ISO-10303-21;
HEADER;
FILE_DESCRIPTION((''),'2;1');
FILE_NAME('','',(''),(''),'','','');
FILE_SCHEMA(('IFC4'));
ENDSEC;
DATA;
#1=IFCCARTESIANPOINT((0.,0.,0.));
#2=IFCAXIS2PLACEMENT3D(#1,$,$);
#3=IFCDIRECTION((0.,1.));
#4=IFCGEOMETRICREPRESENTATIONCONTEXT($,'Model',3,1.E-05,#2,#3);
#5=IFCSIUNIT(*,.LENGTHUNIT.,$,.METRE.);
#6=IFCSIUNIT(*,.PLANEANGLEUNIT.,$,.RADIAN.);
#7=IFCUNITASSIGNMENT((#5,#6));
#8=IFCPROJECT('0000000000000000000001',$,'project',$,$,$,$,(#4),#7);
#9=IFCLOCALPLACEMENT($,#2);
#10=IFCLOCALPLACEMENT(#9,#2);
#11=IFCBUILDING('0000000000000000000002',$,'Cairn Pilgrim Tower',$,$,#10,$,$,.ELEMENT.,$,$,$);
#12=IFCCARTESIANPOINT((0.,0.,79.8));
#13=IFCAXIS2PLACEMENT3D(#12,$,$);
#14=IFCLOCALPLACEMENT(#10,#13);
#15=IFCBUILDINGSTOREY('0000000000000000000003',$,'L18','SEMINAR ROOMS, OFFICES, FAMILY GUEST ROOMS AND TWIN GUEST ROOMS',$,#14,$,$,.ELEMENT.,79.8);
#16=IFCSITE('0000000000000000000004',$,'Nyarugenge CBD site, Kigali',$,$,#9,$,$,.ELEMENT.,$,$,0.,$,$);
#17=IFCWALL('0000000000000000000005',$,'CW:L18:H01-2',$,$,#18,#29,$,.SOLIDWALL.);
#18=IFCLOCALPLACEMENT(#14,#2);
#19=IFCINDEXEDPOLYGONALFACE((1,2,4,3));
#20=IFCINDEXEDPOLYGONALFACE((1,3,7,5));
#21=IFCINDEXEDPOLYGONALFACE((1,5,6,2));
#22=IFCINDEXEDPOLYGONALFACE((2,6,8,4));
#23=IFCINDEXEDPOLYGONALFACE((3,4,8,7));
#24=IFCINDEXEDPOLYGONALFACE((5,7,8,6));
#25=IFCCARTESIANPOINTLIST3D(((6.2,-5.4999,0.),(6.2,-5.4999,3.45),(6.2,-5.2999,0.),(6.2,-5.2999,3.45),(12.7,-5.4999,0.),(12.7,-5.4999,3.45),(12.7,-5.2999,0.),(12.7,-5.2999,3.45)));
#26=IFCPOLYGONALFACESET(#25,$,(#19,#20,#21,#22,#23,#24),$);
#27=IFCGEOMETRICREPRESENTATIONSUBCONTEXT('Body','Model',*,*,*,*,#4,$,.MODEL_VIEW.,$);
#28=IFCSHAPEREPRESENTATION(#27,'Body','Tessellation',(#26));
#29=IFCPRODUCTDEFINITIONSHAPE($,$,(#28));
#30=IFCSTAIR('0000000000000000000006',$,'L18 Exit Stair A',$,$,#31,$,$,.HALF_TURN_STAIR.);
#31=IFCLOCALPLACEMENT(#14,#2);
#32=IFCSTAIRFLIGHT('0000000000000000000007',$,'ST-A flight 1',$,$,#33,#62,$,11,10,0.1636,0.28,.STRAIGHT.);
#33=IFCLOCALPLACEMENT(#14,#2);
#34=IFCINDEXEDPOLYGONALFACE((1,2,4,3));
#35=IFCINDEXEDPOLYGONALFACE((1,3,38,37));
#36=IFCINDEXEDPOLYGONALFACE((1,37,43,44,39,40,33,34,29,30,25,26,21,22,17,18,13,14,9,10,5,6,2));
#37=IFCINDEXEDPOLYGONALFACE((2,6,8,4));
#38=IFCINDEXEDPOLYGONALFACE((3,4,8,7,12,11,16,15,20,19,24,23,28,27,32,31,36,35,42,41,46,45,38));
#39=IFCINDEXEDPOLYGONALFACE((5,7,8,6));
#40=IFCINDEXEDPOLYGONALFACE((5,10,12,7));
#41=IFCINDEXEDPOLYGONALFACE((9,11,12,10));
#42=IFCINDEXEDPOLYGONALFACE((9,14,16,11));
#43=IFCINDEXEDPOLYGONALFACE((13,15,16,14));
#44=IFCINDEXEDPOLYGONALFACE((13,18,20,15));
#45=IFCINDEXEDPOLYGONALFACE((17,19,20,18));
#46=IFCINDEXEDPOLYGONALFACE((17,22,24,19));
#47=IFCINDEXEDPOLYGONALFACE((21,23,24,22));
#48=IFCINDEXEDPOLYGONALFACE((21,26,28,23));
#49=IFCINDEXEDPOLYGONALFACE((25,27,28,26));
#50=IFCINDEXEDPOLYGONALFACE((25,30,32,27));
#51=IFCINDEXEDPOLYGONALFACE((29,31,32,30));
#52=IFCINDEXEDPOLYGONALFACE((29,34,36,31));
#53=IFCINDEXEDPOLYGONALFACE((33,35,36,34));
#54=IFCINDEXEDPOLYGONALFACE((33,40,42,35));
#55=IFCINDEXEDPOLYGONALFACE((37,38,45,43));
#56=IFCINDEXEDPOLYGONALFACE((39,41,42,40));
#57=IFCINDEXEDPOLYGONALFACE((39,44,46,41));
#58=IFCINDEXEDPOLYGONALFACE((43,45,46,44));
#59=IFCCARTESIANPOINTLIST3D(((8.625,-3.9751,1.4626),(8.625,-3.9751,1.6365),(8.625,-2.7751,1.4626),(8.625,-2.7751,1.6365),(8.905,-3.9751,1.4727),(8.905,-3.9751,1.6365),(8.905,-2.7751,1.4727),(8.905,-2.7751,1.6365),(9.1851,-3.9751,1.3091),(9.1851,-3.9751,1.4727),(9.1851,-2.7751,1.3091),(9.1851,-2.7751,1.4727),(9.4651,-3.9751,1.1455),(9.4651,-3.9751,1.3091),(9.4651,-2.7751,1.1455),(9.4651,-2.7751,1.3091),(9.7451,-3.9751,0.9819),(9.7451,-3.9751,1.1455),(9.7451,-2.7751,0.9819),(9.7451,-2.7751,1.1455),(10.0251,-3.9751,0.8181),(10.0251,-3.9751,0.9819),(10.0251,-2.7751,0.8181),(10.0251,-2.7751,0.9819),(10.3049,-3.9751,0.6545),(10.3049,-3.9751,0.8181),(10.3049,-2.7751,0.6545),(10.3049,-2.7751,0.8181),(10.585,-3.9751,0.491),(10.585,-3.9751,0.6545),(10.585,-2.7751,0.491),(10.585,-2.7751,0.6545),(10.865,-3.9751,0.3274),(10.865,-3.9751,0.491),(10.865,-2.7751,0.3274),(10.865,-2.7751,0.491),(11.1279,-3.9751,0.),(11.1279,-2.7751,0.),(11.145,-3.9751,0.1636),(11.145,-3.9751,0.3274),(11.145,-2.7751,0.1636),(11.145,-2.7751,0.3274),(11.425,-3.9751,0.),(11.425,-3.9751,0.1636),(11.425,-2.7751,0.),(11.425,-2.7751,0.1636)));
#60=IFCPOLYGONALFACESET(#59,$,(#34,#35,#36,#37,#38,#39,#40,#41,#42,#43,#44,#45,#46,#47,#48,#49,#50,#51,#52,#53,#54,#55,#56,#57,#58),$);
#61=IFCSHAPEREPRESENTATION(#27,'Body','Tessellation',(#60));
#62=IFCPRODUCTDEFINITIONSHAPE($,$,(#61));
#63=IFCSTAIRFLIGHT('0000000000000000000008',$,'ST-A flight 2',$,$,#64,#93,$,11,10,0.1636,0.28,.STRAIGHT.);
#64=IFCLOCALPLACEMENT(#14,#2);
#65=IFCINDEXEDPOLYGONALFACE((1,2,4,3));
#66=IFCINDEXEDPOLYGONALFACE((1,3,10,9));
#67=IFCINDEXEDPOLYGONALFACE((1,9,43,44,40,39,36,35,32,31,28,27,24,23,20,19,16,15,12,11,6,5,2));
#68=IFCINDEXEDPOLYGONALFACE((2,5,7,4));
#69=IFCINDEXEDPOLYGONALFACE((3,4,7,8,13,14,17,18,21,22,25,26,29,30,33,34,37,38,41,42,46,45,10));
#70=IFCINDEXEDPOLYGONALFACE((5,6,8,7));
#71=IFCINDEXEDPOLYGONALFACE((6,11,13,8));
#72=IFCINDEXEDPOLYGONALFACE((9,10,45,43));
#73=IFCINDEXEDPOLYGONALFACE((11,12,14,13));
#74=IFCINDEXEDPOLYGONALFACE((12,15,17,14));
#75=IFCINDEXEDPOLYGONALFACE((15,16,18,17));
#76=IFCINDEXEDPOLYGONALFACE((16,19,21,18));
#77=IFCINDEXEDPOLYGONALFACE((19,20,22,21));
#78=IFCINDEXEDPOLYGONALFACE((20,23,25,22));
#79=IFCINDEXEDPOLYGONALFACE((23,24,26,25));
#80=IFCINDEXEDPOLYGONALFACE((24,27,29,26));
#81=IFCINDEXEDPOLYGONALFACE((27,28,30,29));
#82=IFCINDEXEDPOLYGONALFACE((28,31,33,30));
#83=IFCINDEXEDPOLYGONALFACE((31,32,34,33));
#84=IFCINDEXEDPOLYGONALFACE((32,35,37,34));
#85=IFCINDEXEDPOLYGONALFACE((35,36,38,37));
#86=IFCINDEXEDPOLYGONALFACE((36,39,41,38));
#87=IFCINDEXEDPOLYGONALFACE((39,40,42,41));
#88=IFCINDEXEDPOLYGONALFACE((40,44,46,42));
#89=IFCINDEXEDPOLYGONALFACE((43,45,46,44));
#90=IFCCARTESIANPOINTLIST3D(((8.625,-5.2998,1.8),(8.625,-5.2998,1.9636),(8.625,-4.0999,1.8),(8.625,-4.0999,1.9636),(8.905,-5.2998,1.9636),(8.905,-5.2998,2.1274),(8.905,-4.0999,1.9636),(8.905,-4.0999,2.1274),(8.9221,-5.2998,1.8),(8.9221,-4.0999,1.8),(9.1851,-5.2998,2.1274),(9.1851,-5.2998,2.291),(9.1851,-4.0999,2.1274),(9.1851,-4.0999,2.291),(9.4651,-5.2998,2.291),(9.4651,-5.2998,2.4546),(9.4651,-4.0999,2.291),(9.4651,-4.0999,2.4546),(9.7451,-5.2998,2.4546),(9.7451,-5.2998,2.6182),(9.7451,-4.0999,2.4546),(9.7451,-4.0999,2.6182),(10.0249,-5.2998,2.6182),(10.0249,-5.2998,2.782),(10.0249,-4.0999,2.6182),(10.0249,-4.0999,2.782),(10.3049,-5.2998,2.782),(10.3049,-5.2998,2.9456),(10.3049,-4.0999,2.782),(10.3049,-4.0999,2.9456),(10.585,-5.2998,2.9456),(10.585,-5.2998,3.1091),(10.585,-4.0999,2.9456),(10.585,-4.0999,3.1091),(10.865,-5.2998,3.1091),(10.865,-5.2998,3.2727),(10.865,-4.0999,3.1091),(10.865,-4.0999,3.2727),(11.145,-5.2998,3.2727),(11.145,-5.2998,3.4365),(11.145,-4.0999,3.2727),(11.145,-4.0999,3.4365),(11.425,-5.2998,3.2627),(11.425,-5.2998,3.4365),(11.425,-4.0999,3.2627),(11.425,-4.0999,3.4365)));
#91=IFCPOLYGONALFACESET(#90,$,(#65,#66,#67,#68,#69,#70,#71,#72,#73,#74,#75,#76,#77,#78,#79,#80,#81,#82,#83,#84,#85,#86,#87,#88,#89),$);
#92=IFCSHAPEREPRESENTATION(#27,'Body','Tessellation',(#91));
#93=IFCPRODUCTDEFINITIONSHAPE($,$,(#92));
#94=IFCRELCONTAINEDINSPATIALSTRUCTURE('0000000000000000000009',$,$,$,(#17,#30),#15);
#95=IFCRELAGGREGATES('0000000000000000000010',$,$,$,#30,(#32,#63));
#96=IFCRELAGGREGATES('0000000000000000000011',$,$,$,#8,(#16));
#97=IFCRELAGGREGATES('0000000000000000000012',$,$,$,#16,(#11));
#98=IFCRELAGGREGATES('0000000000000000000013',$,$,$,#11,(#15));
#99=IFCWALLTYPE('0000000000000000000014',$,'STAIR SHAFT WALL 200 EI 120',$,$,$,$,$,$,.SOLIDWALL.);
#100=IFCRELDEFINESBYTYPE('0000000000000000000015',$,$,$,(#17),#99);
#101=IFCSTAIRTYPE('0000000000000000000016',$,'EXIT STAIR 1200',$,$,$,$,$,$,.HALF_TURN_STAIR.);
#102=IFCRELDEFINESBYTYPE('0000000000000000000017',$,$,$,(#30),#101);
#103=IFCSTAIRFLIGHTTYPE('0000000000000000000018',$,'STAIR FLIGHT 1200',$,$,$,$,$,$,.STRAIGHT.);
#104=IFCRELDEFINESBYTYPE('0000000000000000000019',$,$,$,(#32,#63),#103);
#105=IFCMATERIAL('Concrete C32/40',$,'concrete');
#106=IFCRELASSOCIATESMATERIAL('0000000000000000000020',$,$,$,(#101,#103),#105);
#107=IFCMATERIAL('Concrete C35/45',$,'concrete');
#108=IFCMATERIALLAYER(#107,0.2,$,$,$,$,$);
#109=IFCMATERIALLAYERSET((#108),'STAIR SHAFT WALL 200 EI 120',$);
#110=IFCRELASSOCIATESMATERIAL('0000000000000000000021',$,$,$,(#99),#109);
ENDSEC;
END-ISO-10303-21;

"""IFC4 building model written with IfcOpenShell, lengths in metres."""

from ifc_helpers import new_model, si_unit, direction, frame, frame_2d, origin, place, context, subcontext, project, spatial, polyline, rectangle, outline, extrude, material, layer, layer_set, type_object, element, aggregate, save


model = new_model("IFC4")

# Units and contexts
model_context = context("Model", 3, precision=1e-05, world=origin(), true_north=direction((0.0, 1.0)))
body_context = subcontext(model_context, "Body", "Model", "MODEL_VIEW")
ifc_project = project(units=[si_unit("LENGTHUNIT", "METRE"), si_unit("PLANEANGLEUNIT", "RADIAN")], contexts=[model_context])

# Site, building, storey
site_placement = place(None, origin())
site = spatial("IfcSite", under=ifc_project, at=site_placement, Name="Nyarugenge CBD site, Kigali", CompositionType="ELEMENT", RefElevation=0.0)
building_placement = place(site_placement, origin())
building = spatial("IfcBuilding", under=site, at=building_placement, Name="Cairn Pilgrim Tower", CompositionType="ELEMENT")
storey_placement = place(building_placement, frame((0.0, 0.0, 79.8)))
storey = spatial("IfcBuildingStorey", under=building, at=storey_placement, Name="L18", Description="SEMINAR ROOMS, OFFICES, FAMILY GUEST ROOMS AND TWIN GUEST ROOMS", CompositionType="ELEMENT", Elevation=79.8)

# Shared definitions
ifc_material_1 = material(Name="Concrete C32/40", Category="concrete")
stair_type = type_object("IfcStairType", Name="EXIT STAIR 1200", PredefinedType="HALF_TURN_STAIR", material=ifc_material_1)

# Shared definitions
ifc_material_2 = material(Name="Concrete C35/45", Category="concrete")

# Wall
ifc_layer_1 = layer(ifc_material_2, 0.2)
ifc_layer_set_1 = layer_set([ifc_layer_1], Name="STAIR SHAFT WALL 200 EI 120")
wall_type_1 = type_object("IfcWallType", Name="STAIR SHAFT WALL 200 EI 120", PredefinedType="SOLIDWALL", material=ifc_layer_set_1)
wall_1_placement = place(storey_placement, frame((6.2, -5.3999, 0.0), z_axis=(0.0, 0.0, 1.0), x_axis=(1.0, 0.0, 0.0)))
element("IfcWall", 1, at=wall_1_placement, inside=storey, type_object=wall_type_1, Name="CW:L18:H01-2", PredefinedType="SOLIDWALL", context=body_context, shape_type="SweptSolid", body=[
    extrude(rectangle(XDim=6.5, YDim=0.2, at=frame_2d((3.25, 0.0))), origin(), (0.0, 0.0, 1.0), 3.45),
])

# Stair, stair flights
stair_1_placement = place(storey_placement, origin())
stair_1 = element("IfcStair", 2, at=stair_1_placement, inside=storey, type_object=stair_type, Name="L18 Exit Stair A", PredefinedType="HALF_TURN_STAIR")
stair_flight_type = type_object("IfcStairFlightType", Name="STAIR FLIGHT 1200", PredefinedType="STRAIGHT", material=ifc_material_1)
stair_flight_1_placement = place(storey_placement, frame((11.425, -3.375, 0.0), z_axis=(0.0, 0.0, 1.0), x_axis=(-1.0, 0.0, 0.0)))
stair_flight_1 = element("IfcStairFlight", 3, at=stair_flight_1_placement, type_object=stair_flight_type, Name="ST-A flight 1", NumberOfRisers=11, NumberOfTreads=10, PredefinedType="STRAIGHT", RiserHeight=0.1636, TreadLength=0.28, context=body_context, shape_type="SweptSolid", body=[
    extrude(outline(polyline([(0.0, 0.0), (0.0, 0.1636), (0.28, 0.1636), (0.28, 0.3274), (0.5601, 0.3274), (0.5601, 0.491), (0.8401, 0.491), (0.8401, 0.6545), (1.1201, 0.6545), (1.1201, 0.8181), (1.3999, 0.8181), (1.3999, 0.9819), (1.6799, 0.9819), (1.6799, 1.1455), (1.96, 1.1455), (1.96, 1.3091), (2.24, 1.3091), (2.24, 1.4727), (2.52, 1.4727), (2.52, 1.6365), (2.8, 1.6365), (2.8, 1.8), (2.8, 1.4626), (0.2971, 0.0), (0.0, 0.0)])), frame((0.0, 0.6001, 0.0), z_axis=(0.0, -1.0, 0.0), x_axis=(1.0, 0.0, 0.0)), (0.0, 0.0, 1.0), 1.2),
])
stair_flight_2_placement = place(storey_placement, frame((8.625, -4.7, 1.8), z_axis=(0.0, 0.0, 1.0), x_axis=(1.0, 0.0, 0.0)))
stair_flight_2 = element("IfcStairFlight", 4, at=stair_flight_2_placement, type_object=stair_flight_type, Name="ST-A flight 2", NumberOfRisers=11, NumberOfTreads=10, PredefinedType="STRAIGHT", RiserHeight=0.1636, TreadLength=0.28, context=body_context, shape_type="SweptSolid", body=[
    extrude(outline(polyline([(0.0, 0.0), (0.0, 0.1636), (0.28, 0.1636), (0.28, 0.3274), (0.5601, 0.3274), (0.5601, 0.491), (0.8401, 0.491), (0.8401, 0.6545), (1.1201, 0.6545), (1.1201, 0.8181), (1.3999, 0.8181), (1.3999, 0.9819), (1.6799, 0.9819), (1.6799, 1.1455), (1.96, 1.1455), (1.96, 1.3091), (2.24, 1.3091), (2.24, 1.4727), (2.52, 1.4727), (2.52, 1.6365), (2.8, 1.6365), (2.8, 1.8), (2.8, 1.4626), (0.2971, 0.0), (0.0, 0.0)])), frame((0.0, 0.6001, 0.0), z_axis=(0.0, -1.0, 0.0), x_axis=(1.0, 0.0, 0.0)), (0.0, 0.0, 1.0), 1.2),
])
aggregate(stair_1, [stair_flight_1, stair_flight_2])

save(model, "model.ifc")
